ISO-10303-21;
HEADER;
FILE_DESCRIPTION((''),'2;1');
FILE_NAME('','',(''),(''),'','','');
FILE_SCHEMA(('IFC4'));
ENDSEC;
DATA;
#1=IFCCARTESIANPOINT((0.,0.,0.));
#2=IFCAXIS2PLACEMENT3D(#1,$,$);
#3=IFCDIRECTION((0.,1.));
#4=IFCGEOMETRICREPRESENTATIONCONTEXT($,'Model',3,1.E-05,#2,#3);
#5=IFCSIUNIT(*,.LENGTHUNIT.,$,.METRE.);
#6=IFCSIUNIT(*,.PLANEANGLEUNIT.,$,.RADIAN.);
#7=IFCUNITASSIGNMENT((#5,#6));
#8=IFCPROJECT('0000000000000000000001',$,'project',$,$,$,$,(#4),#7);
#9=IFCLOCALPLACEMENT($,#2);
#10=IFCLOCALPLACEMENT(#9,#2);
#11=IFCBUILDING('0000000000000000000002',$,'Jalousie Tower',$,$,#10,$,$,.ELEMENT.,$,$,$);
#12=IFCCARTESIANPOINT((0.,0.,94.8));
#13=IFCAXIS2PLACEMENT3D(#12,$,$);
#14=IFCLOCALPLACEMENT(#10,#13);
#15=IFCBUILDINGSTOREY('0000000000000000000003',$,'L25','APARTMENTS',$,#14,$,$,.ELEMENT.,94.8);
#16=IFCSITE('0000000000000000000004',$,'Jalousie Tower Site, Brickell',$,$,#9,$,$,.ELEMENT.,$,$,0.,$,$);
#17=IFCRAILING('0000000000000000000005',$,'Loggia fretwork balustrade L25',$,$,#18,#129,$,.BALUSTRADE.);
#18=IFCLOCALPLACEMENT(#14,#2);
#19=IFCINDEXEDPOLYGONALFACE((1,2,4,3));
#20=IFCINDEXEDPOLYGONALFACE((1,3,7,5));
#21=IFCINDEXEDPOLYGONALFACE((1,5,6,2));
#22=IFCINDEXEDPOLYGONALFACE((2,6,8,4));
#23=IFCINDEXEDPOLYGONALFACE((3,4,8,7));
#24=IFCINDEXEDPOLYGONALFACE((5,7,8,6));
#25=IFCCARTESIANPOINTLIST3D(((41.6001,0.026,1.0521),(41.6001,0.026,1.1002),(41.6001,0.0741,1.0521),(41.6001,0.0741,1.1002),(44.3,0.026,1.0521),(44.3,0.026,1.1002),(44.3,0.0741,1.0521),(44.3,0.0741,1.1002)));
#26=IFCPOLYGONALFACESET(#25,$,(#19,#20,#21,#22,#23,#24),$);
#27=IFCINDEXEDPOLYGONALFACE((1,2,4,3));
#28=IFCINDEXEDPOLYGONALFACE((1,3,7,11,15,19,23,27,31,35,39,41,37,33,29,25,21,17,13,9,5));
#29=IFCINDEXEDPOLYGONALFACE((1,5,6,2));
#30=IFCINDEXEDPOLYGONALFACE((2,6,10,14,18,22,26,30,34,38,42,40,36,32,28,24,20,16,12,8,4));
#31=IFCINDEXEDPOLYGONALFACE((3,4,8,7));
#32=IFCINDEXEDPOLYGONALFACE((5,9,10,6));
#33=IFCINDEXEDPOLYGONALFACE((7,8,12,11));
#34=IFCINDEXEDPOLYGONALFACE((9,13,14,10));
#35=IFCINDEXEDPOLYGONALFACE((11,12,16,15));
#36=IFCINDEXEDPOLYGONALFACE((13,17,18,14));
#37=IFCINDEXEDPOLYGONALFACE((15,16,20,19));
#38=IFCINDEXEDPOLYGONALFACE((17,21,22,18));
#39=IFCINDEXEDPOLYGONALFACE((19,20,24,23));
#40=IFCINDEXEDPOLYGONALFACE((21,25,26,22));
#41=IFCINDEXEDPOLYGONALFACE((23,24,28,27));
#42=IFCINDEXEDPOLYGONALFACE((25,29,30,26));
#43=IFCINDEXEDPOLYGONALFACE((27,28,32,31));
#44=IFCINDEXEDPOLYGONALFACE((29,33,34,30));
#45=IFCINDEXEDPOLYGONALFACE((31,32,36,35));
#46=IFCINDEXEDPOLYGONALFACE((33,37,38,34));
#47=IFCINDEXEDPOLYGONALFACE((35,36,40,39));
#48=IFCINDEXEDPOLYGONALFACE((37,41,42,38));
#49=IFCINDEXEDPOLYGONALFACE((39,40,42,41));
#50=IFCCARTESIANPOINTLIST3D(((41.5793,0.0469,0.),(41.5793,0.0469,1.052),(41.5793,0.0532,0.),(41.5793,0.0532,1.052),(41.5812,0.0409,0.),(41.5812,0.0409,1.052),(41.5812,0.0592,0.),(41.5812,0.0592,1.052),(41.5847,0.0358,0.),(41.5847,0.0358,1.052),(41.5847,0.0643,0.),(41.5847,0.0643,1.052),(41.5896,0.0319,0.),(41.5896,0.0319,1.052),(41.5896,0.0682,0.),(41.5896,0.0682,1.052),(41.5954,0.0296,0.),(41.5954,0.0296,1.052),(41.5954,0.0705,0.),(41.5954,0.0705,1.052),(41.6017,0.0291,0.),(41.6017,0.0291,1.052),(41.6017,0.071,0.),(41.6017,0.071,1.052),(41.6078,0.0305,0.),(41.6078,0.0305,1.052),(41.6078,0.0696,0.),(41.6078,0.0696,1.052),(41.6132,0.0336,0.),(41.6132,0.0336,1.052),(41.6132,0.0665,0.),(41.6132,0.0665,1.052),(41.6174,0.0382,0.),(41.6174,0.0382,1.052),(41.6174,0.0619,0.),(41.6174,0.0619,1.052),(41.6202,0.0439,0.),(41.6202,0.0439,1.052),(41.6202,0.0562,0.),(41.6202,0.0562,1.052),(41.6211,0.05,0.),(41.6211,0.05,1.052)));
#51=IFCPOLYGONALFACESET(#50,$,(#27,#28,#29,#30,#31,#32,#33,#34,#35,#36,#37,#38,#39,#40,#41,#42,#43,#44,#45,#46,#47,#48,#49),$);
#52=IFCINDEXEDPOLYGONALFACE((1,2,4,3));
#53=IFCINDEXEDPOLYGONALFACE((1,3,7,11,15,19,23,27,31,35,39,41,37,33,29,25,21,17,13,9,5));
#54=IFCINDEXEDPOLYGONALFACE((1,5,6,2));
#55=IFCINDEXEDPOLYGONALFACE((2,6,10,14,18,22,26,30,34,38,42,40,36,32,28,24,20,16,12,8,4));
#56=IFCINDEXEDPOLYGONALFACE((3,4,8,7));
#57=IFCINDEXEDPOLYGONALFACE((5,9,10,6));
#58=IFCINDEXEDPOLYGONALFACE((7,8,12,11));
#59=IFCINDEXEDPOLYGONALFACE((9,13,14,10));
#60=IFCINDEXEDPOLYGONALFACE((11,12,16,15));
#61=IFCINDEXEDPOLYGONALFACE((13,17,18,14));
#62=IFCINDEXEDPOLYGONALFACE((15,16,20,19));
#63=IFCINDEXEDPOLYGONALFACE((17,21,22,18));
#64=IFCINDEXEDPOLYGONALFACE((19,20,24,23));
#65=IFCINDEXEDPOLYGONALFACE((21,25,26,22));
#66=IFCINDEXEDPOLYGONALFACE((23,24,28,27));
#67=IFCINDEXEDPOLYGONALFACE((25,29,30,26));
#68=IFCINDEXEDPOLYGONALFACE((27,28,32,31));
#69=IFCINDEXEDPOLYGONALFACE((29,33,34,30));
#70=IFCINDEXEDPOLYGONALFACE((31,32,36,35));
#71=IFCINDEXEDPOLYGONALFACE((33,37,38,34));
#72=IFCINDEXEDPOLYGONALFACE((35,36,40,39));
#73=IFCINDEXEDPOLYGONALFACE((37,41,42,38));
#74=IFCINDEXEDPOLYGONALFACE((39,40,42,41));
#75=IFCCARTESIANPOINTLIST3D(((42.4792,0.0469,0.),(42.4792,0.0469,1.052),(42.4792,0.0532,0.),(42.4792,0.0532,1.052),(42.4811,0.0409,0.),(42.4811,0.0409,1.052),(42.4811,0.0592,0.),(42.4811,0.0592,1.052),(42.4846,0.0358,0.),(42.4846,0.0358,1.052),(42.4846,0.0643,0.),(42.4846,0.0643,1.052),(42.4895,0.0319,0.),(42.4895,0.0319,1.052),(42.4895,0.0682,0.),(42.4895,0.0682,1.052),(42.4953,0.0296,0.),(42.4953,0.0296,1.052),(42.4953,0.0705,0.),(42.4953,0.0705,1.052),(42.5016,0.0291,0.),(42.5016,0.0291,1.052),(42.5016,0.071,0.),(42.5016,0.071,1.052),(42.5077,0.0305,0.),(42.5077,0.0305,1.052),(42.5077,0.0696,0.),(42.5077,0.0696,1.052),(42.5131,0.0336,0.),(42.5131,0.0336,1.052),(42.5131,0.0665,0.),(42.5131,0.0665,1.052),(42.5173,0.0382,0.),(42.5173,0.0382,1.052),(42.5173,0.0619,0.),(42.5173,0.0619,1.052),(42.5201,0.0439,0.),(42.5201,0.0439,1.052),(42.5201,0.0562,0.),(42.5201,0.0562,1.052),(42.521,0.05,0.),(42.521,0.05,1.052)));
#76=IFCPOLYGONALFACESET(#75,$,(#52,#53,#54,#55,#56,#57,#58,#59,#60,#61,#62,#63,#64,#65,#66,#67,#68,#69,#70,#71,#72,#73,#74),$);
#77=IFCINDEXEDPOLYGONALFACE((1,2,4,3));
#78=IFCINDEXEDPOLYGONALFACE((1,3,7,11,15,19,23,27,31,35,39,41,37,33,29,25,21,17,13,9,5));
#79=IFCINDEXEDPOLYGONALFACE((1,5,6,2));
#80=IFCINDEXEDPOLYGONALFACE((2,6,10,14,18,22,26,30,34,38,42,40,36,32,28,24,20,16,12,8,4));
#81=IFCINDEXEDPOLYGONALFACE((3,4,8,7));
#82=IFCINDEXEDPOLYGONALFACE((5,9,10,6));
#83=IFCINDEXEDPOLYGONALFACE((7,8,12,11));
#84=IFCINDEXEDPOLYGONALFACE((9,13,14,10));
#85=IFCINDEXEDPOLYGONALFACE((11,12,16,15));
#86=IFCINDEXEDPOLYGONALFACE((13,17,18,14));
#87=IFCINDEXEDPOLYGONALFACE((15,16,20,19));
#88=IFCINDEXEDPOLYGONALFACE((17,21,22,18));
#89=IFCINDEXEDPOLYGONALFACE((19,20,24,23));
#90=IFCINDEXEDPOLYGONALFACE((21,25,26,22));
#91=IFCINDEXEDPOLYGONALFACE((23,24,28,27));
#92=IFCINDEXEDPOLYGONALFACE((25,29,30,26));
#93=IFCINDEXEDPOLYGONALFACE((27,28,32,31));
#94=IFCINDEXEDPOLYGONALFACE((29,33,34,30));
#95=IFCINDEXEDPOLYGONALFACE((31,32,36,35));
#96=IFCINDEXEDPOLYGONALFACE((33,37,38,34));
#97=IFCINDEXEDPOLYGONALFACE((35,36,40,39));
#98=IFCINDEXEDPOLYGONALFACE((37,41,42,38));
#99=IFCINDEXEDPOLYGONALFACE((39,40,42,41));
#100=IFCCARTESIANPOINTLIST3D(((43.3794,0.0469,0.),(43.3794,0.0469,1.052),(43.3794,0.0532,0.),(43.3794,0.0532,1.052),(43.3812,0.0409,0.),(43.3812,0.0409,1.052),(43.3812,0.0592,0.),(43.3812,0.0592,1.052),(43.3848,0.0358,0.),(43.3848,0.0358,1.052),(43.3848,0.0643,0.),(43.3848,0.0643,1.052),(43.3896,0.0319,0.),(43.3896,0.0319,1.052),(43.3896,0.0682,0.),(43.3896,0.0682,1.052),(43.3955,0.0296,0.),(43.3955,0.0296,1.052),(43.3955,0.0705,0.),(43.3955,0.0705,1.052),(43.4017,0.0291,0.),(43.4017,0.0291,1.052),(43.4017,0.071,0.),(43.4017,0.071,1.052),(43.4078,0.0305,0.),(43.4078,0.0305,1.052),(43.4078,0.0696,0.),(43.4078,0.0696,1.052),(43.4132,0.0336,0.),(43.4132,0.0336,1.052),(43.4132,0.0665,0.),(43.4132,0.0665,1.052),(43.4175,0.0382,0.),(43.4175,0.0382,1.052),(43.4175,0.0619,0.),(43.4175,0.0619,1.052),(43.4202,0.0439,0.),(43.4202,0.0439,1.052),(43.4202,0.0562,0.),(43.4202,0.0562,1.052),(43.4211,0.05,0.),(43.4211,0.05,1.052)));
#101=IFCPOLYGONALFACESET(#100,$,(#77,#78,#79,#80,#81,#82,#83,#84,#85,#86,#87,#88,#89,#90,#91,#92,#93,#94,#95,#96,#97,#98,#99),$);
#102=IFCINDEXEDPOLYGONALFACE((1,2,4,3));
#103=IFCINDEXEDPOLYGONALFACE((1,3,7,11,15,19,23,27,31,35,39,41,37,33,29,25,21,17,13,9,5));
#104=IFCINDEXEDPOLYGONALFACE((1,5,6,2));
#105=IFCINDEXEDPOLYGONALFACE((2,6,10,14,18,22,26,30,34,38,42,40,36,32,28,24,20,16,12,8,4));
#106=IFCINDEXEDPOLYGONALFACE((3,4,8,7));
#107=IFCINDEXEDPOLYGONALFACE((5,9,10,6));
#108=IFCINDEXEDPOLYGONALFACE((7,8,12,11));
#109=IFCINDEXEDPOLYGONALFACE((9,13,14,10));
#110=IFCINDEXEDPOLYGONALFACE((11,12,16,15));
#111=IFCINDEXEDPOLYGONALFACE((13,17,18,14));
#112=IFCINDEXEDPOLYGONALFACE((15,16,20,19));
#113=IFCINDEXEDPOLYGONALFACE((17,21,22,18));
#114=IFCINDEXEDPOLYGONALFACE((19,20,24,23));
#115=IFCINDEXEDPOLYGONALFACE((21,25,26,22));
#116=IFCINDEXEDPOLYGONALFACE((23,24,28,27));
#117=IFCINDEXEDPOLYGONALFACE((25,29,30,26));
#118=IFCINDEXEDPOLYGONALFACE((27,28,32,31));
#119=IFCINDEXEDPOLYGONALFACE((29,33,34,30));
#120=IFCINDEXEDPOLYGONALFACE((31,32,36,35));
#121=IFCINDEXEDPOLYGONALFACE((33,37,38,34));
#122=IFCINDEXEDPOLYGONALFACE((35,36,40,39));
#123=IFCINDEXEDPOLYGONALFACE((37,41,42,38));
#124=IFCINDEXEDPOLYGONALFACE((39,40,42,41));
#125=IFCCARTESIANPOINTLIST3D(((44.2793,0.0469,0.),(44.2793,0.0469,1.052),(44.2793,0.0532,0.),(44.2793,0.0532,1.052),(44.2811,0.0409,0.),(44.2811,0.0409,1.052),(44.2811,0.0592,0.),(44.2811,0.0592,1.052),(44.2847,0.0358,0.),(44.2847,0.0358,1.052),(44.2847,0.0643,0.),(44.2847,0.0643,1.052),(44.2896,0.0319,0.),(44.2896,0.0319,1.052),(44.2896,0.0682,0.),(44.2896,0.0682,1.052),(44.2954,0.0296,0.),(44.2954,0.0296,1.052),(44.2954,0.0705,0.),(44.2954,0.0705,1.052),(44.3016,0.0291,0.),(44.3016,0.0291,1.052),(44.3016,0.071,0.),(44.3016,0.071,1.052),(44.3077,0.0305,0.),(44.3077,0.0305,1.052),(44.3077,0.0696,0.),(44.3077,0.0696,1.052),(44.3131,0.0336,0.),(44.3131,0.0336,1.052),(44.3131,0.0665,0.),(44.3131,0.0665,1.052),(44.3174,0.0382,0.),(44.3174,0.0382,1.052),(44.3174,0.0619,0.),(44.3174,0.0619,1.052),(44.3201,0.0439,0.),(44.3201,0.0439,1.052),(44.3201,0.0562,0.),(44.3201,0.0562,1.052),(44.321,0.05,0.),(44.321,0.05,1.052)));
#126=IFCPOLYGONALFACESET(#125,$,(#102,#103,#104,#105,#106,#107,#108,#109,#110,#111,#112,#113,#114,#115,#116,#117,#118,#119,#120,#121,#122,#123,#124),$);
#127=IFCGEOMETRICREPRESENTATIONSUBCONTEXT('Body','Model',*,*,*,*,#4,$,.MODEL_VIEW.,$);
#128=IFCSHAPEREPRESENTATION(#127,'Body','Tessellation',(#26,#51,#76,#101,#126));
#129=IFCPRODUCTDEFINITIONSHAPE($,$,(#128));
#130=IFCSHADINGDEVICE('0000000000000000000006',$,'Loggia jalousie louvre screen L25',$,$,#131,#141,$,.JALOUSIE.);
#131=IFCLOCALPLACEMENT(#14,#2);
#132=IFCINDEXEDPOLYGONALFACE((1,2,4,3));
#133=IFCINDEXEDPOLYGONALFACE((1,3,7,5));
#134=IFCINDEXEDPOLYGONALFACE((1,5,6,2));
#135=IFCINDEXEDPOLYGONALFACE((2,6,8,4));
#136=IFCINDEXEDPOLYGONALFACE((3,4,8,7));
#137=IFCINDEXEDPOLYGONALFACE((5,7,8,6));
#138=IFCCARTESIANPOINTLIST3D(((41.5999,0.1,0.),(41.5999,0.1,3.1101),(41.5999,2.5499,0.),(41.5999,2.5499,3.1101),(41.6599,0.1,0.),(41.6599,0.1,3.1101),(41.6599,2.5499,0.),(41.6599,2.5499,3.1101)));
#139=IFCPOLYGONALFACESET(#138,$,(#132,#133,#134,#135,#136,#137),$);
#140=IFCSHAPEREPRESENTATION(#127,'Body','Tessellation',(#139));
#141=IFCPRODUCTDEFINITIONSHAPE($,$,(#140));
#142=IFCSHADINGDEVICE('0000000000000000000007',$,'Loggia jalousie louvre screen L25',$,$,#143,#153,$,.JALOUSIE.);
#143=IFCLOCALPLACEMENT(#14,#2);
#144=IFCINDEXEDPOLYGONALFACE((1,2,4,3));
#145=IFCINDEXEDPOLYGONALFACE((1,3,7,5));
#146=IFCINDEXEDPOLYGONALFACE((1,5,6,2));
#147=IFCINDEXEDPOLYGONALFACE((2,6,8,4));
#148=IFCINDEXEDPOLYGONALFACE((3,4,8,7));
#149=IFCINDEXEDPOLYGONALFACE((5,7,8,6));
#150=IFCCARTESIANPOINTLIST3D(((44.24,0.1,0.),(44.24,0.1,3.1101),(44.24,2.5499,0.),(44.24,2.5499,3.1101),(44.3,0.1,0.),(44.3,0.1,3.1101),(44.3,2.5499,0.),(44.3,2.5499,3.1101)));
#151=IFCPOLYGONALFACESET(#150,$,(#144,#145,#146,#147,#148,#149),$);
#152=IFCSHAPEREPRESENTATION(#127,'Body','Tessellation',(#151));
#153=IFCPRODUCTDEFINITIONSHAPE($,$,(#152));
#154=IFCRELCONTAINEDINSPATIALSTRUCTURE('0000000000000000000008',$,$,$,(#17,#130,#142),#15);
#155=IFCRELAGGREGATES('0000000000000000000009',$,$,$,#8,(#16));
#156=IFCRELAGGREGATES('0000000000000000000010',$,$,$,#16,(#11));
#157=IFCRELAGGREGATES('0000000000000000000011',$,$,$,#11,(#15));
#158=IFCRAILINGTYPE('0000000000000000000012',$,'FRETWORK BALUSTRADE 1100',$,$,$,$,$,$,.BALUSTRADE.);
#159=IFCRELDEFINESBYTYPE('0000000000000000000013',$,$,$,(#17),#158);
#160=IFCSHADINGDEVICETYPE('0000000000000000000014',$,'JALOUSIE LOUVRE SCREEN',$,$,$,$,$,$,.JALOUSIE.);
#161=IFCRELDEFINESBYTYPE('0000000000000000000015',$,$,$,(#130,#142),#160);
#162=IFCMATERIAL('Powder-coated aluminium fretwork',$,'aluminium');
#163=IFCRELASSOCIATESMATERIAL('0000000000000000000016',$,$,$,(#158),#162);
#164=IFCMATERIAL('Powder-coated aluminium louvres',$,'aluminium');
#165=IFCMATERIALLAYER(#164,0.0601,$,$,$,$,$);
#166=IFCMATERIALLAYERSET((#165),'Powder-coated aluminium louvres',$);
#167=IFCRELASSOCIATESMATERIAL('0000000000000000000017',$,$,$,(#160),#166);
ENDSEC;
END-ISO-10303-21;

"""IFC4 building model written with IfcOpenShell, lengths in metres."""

from ifc_helpers import new_model, si_unit, direction, frame, origin, origin_2d, place, context, subcontext, project, spatial, rectangle, circle, extrude, material, layer, layer_set, type_object, element, save


model = new_model("IFC4")

# Units and contexts
model_context = context("Model", 3, precision=1e-05, world=origin(), true_north=direction((0.0, 1.0)))
body_context = subcontext(model_context, "Body", "Model", "MODEL_VIEW")
ifc_project = project(units=[si_unit("LENGTHUNIT", "METRE"), si_unit("PLANEANGLEUNIT", "RADIAN")], contexts=[model_context])

# Site, building, storey
site_placement = place(None, origin())
site = spatial("IfcSite", under=ifc_project, at=site_placement, Name="Jalousie Tower Site, Brickell", CompositionType="ELEMENT", RefElevation=0.0)
building_placement = place(site_placement, origin())
building = spatial("IfcBuilding", under=site, at=building_placement, Name="Jalousie Tower", CompositionType="ELEMENT")
storey_placement = place(building_placement, frame((0.0, 0.0, 94.8)))
storey = spatial("IfcBuildingStorey", under=building, at=storey_placement, Name="L25", Description="APARTMENTS", CompositionType="ELEMENT", Elevation=94.8)

# Railing
ifc_material_1 = material(Name="Powder-coated aluminium fretwork", Category="aluminium")
railing_type = type_object("IfcRailingType", Name="FRETWORK BALUSTRADE 1100", PredefinedType="BALUSTRADE", material=ifc_material_1)
railing_placement = place(storey_placement, frame((41.6001, 0.05, 0.0)))
element("IfcRailing", 1, at=railing_placement, inside=storey, type_object=railing_type, Name="Loggia fretwork balustrade L25", PredefinedType="BALUSTRADE", context=body_context, shape_type="SweptSolid", body=[
    extrude(rectangle(XDim=0.0481, YDim=0.0481, at=origin_2d()), frame((0.0, 0.0, 1.0762), z_axis=(1.0, 0.0, 0.0), x_axis=(0.0, 1.0, 0.0)), (0.0, 0.0, 1.0), 2.7),
    extrude(circle(Radius=0.021, at=origin_2d()), origin(), (0.0, 0.0, 1.0), 1.052),
    extrude(circle(Radius=0.021, at=origin_2d()), frame((0.8999, 0.0, 0.0)), (0.0, 0.0, 1.0), 1.052),
    extrude(circle(Radius=0.021, at=origin_2d()), frame((1.8, 0.0, 0.0)), (0.0, 0.0, 1.0), 1.052),
    extrude(circle(Radius=0.021, at=origin_2d()), frame((2.7, 0.0, 0.0)), (0.0, 0.0, 1.0), 1.052),
])

# Shading devices
ifc_material_2 = material(Name="Powder-coated aluminium louvres", Category="aluminium")
ifc_layer_1 = layer(ifc_material_2, 0.0601)
ifc_layer_set_1 = layer_set([ifc_layer_1], Name="Powder-coated aluminium louvres")
shading_device_type_1 = type_object("IfcShadingDeviceType", Name="JALOUSIE LOUVRE SCREEN", PredefinedType="JALOUSIE", material=ifc_layer_set_1)
for number, where, z_axis, x_axis, name in (
    (2, (41.6299, 1.325, 0.0), (0.0, 0.0, 1.0), (1.0, 0.0, 0.0), "Loggia jalousie louvre screen L25"),
    (3, (44.27, 1.325, 0.0), (0.0, 0.0, 1.0), (1.0, 0.0, 0.0), "Loggia jalousie louvre screen L25"),
):
    element("IfcShadingDevice", number, at=place(storey_placement, frame(where, z_axis=z_axis, x_axis=x_axis)), inside=storey, type_object=shading_device_type_1, Name=name, PredefinedType="JALOUSIE", context=body_context, shape_type="SweptSolid", body=[
        extrude(rectangle(XDim=0.0601, YDim=2.45, at=origin_2d()), origin(), (0.0, 0.0, 1.0), 3.1101),
    ])

save(model, "model.ifc")
